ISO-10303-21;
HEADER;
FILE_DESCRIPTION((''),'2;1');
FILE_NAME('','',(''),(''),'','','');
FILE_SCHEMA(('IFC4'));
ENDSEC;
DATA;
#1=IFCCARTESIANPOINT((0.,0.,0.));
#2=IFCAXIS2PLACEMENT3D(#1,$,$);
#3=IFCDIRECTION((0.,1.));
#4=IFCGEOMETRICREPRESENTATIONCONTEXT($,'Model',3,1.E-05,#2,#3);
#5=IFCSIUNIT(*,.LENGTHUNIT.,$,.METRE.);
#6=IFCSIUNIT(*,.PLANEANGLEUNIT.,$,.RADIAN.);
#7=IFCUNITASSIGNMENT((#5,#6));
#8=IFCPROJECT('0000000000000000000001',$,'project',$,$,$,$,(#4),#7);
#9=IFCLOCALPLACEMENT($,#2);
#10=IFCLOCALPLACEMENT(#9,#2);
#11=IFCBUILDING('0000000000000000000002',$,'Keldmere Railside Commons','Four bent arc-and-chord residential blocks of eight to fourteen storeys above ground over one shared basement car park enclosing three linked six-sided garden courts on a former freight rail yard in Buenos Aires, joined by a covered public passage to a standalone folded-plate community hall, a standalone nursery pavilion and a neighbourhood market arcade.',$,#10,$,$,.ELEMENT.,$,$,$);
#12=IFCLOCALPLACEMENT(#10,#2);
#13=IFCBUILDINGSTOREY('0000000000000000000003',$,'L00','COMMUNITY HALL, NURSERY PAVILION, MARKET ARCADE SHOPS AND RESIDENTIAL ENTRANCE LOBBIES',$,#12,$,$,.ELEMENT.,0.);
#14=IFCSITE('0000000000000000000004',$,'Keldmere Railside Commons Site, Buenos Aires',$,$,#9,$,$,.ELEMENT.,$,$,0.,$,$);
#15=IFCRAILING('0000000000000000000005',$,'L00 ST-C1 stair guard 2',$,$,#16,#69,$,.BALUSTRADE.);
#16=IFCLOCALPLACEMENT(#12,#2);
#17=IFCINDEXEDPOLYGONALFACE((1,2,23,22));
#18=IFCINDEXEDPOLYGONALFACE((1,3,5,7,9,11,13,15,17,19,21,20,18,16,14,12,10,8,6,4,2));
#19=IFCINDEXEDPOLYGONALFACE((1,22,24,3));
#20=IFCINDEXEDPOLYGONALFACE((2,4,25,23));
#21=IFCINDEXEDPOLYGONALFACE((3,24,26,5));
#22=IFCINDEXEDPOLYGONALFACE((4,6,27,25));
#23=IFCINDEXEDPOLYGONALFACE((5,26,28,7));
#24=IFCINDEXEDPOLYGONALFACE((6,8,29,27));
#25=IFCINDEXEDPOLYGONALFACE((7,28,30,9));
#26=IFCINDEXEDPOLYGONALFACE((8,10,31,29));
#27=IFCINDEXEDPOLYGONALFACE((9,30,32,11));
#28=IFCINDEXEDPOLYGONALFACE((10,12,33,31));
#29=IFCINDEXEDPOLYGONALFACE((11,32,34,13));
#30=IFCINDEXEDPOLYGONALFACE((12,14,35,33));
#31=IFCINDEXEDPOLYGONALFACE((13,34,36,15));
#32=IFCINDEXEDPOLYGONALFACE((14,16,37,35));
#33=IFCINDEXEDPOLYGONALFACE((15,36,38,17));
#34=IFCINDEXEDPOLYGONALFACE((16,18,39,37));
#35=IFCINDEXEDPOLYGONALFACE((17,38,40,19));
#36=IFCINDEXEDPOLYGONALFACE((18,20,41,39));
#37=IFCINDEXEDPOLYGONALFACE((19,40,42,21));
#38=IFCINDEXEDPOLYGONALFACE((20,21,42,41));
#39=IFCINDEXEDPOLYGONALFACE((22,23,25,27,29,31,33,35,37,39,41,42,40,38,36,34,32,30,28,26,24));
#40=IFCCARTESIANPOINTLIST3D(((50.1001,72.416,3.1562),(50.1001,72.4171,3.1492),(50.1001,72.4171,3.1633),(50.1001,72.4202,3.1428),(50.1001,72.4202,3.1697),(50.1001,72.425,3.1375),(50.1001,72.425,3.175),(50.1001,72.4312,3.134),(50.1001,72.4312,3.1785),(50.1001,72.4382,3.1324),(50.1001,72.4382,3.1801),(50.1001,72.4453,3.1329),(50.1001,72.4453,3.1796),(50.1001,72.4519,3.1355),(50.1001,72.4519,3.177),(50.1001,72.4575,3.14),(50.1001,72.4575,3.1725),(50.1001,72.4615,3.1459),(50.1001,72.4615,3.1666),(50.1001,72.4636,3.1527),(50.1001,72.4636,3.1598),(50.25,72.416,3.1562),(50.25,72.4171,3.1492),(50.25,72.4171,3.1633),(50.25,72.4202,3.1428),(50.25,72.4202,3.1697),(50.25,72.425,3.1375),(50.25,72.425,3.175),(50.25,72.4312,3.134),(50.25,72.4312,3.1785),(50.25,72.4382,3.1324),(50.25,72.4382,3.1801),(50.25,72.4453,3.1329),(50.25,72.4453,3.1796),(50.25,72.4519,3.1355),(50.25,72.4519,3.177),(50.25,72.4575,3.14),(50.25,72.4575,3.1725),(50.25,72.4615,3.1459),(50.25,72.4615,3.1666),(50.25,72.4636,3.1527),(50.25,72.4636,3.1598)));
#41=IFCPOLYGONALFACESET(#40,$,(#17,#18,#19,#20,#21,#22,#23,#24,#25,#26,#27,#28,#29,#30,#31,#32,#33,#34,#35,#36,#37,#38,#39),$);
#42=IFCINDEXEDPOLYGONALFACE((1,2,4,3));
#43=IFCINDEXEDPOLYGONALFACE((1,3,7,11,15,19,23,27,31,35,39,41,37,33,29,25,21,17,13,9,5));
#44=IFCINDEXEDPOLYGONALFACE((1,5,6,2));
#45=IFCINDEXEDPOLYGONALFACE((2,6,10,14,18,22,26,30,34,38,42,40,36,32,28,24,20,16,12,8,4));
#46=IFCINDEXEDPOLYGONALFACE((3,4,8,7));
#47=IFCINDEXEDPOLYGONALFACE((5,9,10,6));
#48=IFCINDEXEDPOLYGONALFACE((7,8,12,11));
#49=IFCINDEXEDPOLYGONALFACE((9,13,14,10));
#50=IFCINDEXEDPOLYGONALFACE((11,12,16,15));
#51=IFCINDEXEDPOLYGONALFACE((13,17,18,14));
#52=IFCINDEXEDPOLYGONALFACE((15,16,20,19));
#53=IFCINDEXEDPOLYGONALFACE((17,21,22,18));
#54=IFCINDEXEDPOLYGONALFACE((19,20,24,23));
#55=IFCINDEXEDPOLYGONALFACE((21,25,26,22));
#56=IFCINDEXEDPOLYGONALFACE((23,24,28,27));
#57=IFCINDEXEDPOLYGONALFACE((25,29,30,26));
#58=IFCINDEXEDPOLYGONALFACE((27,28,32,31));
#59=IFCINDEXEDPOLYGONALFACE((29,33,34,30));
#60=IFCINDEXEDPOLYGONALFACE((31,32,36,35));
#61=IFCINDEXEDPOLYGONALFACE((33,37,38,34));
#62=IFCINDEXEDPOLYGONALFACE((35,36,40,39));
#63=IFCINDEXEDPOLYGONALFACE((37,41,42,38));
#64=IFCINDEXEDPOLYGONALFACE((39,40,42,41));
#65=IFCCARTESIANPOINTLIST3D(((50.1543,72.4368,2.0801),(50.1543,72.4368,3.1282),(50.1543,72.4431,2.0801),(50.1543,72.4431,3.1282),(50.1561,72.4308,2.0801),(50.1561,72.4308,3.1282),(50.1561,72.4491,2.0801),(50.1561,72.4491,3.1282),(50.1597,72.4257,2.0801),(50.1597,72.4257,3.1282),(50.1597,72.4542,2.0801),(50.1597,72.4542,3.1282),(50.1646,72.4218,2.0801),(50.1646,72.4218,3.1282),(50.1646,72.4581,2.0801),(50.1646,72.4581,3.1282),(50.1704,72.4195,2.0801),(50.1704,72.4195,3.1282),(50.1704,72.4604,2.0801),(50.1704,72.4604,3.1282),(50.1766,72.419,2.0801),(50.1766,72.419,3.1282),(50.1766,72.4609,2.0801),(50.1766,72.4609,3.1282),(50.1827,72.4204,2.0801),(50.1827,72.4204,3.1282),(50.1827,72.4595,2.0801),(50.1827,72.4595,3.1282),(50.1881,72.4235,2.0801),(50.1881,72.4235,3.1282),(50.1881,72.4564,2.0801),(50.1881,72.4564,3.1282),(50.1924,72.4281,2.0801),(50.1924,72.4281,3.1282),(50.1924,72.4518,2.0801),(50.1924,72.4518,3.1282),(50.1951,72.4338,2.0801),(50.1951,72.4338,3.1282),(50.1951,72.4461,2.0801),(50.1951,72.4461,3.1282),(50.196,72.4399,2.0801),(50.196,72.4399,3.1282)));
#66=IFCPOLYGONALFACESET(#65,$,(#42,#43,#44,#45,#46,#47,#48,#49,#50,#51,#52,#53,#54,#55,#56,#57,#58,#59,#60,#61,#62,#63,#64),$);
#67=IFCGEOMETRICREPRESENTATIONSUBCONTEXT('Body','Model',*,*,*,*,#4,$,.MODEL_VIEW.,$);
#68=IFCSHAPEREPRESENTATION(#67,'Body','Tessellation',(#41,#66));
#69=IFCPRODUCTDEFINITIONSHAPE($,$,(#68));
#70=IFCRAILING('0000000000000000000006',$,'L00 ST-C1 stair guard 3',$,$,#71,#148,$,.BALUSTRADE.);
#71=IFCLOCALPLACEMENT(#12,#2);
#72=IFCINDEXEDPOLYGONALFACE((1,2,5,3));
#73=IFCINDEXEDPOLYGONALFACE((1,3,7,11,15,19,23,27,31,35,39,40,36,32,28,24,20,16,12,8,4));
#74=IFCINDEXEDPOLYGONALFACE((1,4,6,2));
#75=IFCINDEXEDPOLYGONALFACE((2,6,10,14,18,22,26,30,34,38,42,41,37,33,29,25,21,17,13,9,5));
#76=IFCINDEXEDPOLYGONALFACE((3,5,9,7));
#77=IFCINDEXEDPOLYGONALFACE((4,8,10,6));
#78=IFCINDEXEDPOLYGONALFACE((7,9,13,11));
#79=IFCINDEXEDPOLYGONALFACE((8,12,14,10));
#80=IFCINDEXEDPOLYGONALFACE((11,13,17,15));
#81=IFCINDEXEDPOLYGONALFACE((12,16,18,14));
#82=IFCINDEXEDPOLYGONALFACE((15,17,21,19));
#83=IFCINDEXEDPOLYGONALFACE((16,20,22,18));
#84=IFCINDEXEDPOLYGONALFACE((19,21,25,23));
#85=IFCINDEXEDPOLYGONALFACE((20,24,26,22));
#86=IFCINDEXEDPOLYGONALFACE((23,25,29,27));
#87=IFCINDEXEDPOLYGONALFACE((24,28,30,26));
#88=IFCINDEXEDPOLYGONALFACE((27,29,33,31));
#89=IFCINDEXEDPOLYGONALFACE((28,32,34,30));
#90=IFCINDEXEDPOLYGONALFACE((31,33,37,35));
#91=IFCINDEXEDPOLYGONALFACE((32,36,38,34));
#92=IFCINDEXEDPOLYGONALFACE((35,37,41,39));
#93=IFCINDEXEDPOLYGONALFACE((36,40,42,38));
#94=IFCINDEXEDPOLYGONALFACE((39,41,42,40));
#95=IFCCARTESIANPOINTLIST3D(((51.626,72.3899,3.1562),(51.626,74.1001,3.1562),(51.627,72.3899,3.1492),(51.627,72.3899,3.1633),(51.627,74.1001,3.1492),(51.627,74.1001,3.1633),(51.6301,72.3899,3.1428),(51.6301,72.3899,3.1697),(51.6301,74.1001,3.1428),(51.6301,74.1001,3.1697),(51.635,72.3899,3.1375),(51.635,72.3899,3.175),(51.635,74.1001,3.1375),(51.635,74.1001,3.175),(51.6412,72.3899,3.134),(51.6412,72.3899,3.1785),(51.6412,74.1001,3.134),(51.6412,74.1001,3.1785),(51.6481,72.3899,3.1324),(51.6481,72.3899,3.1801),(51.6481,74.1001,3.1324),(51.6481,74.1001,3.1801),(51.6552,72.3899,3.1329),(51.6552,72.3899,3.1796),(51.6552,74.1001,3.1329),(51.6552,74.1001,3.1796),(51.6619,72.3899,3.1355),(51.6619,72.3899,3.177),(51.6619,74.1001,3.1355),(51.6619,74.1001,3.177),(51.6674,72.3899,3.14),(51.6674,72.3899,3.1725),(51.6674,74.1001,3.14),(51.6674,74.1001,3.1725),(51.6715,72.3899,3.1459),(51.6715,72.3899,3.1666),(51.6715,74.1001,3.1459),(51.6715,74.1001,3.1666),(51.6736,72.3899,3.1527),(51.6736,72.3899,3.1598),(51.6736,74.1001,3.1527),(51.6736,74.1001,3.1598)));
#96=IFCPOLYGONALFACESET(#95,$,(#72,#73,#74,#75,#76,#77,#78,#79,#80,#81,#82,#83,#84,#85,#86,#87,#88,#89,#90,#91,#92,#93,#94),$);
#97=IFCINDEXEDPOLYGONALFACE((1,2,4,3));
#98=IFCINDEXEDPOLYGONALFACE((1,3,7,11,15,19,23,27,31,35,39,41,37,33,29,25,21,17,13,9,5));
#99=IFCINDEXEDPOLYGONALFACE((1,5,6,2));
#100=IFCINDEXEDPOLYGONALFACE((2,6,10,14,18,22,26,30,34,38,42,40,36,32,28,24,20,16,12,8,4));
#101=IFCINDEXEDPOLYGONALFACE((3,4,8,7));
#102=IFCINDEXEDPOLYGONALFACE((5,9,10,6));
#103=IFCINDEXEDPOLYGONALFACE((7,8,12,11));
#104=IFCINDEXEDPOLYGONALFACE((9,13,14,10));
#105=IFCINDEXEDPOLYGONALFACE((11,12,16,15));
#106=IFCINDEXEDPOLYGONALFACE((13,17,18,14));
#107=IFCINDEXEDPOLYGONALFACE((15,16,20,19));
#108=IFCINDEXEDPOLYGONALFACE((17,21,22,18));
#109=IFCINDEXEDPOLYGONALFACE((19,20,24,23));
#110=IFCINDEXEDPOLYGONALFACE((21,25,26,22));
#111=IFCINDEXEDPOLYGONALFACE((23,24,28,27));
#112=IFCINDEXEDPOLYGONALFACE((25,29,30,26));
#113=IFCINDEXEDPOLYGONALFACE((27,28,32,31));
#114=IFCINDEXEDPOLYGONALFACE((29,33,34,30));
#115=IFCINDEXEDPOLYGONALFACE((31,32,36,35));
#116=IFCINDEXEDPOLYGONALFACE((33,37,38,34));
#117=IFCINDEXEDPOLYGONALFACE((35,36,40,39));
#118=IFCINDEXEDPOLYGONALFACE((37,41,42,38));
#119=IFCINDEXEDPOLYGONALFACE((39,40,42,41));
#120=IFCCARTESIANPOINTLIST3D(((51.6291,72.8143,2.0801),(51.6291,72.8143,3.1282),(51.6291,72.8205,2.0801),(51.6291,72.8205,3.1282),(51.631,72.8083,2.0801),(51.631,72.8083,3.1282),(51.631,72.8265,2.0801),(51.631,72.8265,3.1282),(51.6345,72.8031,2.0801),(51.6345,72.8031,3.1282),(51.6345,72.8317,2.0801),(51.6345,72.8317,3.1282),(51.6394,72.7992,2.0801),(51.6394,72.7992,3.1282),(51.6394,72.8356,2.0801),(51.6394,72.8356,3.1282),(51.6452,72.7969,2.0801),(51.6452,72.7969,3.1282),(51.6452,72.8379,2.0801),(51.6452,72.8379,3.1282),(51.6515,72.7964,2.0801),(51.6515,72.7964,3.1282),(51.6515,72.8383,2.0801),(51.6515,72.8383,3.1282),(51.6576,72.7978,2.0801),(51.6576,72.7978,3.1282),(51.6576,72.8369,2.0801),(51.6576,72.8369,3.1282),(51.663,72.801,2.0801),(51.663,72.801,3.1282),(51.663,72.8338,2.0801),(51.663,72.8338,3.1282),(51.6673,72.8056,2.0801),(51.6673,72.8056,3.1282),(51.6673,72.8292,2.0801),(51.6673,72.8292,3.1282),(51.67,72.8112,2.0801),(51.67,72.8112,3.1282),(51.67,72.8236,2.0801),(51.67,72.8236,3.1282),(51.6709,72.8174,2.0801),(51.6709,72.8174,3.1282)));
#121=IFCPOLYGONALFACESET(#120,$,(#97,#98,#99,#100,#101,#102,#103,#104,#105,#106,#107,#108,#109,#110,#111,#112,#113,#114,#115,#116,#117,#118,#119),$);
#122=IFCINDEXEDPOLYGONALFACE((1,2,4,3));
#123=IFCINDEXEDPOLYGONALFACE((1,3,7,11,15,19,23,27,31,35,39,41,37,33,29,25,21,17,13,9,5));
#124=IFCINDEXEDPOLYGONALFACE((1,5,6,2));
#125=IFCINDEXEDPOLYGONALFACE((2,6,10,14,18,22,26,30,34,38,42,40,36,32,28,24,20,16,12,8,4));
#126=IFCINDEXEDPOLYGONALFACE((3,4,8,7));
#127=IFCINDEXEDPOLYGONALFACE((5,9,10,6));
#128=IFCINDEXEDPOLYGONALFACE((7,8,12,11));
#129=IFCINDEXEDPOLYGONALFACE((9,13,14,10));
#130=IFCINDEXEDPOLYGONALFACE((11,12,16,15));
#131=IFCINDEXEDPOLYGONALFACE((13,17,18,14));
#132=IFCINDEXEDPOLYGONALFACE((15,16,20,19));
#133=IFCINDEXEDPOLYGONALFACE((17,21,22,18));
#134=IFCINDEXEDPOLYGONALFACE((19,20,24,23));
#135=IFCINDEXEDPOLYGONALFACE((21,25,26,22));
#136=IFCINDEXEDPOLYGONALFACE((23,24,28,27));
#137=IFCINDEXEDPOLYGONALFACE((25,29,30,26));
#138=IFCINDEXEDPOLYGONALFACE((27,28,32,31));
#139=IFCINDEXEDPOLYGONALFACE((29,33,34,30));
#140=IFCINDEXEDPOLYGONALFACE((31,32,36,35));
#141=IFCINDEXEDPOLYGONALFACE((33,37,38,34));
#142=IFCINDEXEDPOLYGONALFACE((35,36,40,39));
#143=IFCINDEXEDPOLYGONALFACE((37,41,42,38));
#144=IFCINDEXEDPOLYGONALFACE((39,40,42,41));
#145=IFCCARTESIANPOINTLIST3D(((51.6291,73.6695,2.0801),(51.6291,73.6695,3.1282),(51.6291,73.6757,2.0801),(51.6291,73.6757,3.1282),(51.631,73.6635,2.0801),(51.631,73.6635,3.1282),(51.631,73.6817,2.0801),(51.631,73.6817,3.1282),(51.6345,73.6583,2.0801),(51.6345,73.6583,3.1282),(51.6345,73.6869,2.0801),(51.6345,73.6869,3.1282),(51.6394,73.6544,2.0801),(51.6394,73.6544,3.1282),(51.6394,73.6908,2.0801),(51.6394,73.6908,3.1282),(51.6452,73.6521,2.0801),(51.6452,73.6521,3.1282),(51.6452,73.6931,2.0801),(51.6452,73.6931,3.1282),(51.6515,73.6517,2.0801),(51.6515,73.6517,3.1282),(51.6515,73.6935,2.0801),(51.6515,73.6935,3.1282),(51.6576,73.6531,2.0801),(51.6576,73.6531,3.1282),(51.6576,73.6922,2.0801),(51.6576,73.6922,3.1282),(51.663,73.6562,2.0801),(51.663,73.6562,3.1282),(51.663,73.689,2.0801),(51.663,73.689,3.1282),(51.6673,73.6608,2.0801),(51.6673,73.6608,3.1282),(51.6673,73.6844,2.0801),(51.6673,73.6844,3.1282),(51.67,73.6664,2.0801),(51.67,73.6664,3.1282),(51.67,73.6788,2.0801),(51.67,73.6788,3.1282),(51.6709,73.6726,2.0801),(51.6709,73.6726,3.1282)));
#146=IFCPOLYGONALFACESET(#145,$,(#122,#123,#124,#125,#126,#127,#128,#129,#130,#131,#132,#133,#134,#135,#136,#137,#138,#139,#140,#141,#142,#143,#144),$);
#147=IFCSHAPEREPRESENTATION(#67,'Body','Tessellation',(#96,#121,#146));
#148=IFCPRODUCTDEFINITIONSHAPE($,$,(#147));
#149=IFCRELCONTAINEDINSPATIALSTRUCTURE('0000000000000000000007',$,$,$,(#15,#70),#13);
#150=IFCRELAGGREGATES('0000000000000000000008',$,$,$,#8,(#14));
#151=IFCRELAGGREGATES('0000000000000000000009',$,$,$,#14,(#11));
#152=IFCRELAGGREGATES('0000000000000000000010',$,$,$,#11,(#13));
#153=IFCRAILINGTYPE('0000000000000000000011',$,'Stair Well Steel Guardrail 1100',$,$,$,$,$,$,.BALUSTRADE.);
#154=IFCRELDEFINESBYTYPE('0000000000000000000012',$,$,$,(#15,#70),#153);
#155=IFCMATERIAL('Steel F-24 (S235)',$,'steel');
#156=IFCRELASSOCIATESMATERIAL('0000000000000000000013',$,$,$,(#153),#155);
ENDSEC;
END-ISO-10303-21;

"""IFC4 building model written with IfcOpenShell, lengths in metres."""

from ifc_helpers import new_model, si_unit, direction, frame, origin, origin_2d, place, context, subcontext, project, spatial, circle, extrude, material, type_object, element, save


model = new_model("IFC4")

# Units and contexts
model_context = context("Model", 3, precision=1e-05, world=origin(), true_north=direction((0.0, 1.0)))
body_context = subcontext(model_context, "Body", "Model", "MODEL_VIEW")
ifc_project = project(units=[si_unit("LENGTHUNIT", "METRE"), si_unit("PLANEANGLEUNIT", "RADIAN")], contexts=[model_context])

# Site, building, storey
site_placement = place(None, origin())
site = spatial("IfcSite", under=ifc_project, at=site_placement, Name="Keldmere Railside Commons Site, Buenos Aires", CompositionType="ELEMENT", RefElevation=0.0)
building_placement = place(site_placement, origin())
building = spatial("IfcBuilding", under=site, at=building_placement, Name="Keldmere Railside Commons", Description="Four bent arc-and-chord residential blocks of eight to fourteen storeys above ground over one shared basement car park enclosing three linked six-sided garden courts on a former freight rail yard in Buenos Aires, joined by a covered public passage to a standalone folded-plate community hall, a standalone nursery pavilion and a neighbourhood market arcade.", CompositionType="ELEMENT")
storey_placement = place(building_placement, origin())
storey = spatial("IfcBuildingStorey", under=building, at=storey_placement, Name="L00", Description="COMMUNITY HALL, NURSERY PAVILION, MARKET ARCADE SHOPS AND RESIDENTIAL ENTRANCE LOBBIES", CompositionType="ELEMENT", Elevation=0.0)

# Shared definitions
ifc_material_1 = material(Name="Steel F-24 (S235)", Category="steel")

# Railings
railing_type_1 = type_object("IfcRailingType", Name="Stair Well Steel Guardrail 1100", PredefinedType="BALUSTRADE", material=ifc_material_1)
railing_1_placement = place(storey_placement, frame((50.25, 72.4399, 2.0801)))
element("IfcRailing", 1, at=railing_1_placement, inside=storey, type_object=railing_type_1, Name="L00 ST-C1 stair guard 2", PredefinedType="BALUSTRADE", context=body_context, shape_type="SweptSolid", body=[
    extrude(circle(Radius=0.0239, at=origin_2d()), frame((0.0, 0.0, 1.0762), z_axis=(-1.0, 0.0, 0.0), x_axis=(0.0, -1.0, 0.0)), (0.0, 0.0, 1.0), 0.1499),
    extrude(circle(Radius=0.021, at=origin_2d()), frame((-0.075, 0.0, 0.0)), (0.0, 0.0, 1.0), 1.0481),
])
for number, where, name in (
    (2, (51.6499, 72.3899, 2.0801), "L00 ST-C1 stair guard 3"),
):
    element("IfcRailing", number, at=place(storey_placement, frame(where)), inside=storey, type_object=railing_type_1, Name=name, PredefinedType="BALUSTRADE", context=body_context, shape_type="SweptSolid", body=[
        extrude(circle(Radius=0.0239, at=origin_2d()), frame((0.0, 0.0, 1.0762), z_axis=(0.0, 1.0, 0.0), x_axis=(-1.0, 0.0, 0.0)), (0.0, 0.0, 1.0), 1.7102),
        extrude(circle(Radius=0.021, at=origin_2d()), frame((0.0, 0.4275, 0.0)), (0.0, 0.0, 1.0), 1.0481),
        extrude(circle(Radius=0.021, at=origin_2d()), frame((0.0, 1.2827, 0.0)), (0.0, 0.0, 1.0), 1.0481),
    ])

save(model, "model.ifc")
